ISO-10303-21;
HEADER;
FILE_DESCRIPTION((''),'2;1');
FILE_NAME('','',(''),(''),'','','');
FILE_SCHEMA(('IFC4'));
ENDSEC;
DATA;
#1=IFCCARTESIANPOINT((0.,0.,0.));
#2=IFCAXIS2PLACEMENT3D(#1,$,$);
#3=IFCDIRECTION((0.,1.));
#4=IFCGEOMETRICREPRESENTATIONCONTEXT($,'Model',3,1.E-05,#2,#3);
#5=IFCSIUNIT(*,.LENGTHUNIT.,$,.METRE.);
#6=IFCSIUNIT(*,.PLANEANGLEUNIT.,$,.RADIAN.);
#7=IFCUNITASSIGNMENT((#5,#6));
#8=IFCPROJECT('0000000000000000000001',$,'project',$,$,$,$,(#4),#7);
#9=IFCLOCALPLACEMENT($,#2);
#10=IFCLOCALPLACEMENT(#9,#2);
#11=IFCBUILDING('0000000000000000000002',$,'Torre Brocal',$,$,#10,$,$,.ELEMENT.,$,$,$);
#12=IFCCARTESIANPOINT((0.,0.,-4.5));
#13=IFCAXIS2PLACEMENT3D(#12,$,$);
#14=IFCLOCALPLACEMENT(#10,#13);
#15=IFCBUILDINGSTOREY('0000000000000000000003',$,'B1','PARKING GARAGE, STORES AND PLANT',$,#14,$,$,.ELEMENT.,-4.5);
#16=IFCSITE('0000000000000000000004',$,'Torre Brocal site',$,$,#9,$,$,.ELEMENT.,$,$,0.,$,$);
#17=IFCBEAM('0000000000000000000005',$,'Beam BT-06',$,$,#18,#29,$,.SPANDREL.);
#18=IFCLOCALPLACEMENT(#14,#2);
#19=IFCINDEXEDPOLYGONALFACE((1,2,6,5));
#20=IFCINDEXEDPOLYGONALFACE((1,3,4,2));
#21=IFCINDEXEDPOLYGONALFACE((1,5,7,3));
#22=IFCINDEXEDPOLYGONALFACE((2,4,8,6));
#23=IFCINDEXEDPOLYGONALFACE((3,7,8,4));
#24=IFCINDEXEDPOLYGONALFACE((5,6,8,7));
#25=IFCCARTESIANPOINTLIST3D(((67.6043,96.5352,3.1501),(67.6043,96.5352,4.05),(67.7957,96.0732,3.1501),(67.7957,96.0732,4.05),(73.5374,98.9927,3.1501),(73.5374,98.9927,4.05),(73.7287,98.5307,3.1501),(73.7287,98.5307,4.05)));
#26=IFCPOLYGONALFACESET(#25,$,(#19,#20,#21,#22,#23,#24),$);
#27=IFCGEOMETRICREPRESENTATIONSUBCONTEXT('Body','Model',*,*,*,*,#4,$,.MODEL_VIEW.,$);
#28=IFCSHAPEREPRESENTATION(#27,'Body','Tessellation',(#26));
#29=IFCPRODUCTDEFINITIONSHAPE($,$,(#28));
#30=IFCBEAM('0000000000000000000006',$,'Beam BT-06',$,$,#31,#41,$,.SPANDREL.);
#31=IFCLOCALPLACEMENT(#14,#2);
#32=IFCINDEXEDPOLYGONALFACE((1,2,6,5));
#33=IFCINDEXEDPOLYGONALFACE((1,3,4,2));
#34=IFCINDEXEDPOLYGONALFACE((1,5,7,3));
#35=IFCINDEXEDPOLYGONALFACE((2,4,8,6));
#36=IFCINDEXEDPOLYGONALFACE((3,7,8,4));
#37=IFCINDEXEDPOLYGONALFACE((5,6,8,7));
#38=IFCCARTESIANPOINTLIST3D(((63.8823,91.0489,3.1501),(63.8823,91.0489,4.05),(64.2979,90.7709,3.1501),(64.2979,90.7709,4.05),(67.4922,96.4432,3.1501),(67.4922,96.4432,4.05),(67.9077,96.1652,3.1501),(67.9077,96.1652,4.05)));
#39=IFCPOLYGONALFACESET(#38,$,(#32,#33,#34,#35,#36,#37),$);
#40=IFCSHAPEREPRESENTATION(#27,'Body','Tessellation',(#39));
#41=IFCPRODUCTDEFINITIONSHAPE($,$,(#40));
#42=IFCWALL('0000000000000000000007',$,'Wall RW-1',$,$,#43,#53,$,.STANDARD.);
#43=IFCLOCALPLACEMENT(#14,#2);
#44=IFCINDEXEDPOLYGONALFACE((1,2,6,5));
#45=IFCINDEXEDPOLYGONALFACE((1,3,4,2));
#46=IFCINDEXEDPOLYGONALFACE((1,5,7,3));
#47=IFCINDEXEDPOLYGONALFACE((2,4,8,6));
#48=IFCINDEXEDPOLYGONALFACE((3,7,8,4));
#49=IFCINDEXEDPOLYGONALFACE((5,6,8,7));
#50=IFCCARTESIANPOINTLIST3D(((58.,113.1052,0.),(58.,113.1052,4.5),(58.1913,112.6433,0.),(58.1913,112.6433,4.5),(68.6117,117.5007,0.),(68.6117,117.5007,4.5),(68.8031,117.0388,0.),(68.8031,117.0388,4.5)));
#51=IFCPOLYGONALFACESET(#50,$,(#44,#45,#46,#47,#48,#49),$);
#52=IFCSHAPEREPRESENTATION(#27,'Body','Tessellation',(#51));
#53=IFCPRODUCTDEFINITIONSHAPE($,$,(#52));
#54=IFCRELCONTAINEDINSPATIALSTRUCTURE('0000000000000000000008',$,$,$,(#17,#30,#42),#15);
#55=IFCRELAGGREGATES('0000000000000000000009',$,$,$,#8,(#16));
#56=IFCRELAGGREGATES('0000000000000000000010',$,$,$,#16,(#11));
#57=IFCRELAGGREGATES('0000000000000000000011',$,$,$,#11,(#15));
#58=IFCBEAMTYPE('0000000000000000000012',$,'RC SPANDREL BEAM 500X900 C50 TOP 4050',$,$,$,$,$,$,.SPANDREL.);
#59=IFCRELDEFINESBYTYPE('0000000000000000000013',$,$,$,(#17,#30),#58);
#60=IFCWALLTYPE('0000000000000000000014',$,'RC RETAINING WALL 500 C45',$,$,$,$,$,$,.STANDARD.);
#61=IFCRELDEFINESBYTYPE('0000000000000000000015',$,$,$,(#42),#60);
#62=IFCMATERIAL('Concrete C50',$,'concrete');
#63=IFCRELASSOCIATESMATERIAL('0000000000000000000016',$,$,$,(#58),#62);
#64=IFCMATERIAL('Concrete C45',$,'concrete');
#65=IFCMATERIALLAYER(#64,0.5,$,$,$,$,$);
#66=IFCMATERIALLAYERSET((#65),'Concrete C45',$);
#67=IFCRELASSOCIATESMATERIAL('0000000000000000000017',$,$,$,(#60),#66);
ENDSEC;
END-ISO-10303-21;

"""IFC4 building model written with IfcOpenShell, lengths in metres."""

from ifc_helpers import new_model, si_unit, direction, frame, frame_2d, origin, origin_2d, place, context, subcontext, project, spatial, rectangle, extrude, material, layer, layer_set, material_profile, profile_set, type_object, element, save


model = new_model("IFC4")

# Units and contexts
model_context = context("Model", 3, precision=1e-05, world=origin(), true_north=direction((0.0, 1.0)))
body_context = subcontext(model_context, "Body", "Model", "MODEL_VIEW")
ifc_project = project(units=[si_unit("LENGTHUNIT", "METRE"), si_unit("PLANEANGLEUNIT", "RADIAN")], contexts=[model_context])

# Site, building, storey
site_placement = place(None, origin())
site = spatial("IfcSite", under=ifc_project, at=site_placement, Name="Torre Brocal site", CompositionType="ELEMENT", RefElevation=0.0)
building_placement = place(site_placement, origin())
building = spatial("IfcBuilding", under=site, at=building_placement, Name="Torre Brocal", CompositionType="ELEMENT")
storey_placement = place(building_placement, frame((0.0, 0.0, -4.5)))
storey = spatial("IfcBuildingStorey", under=building, at=storey_placement, Name="B1", Description="PARKING GARAGE, STORES AND PLANT", CompositionType="ELEMENT", Elevation=-4.5)

# Beams
ifc_material_1 = material(Name="Concrete C50", Category="concrete")
ifc_material_profile_1 = material_profile(ifc_material_1, rectangle(XDim=0.5, YDim=0.8999, at=origin_2d()), Name="RC 500X900")
ifc_profile_set_1 = profile_set([ifc_material_profile_1], Name="Concrete C50")
beam_type_1 = type_object("IfcBeamType", Name="RC SPANDREL BEAM 500X900 C50 TOP 4050", PredefinedType="SPANDREL", material=ifc_profile_set_1)
beam_1_placement = place(storey_placement, frame((73.6331, 98.7617, 3.6001), z_axis=(-0.923882, -0.382676, 0.0), x_axis=(0.382676, -0.923882, 0.0)))
element("IfcBeam", 1, at=beam_1_placement, inside=storey, type_object=beam_type_1, Name="Beam BT-06", PredefinedType="SPANDREL", context=body_context, shape_type="SweptSolid", body=[
    extrude(rectangle(XDim=0.5, YDim=0.8999, at=origin_2d()), origin(), (0.0, 0.0, 1.0), 6.4219),
])
beam_2_placement = place(storey_placement, frame((67.7, 96.3042, 3.6001), z_axis=(-0.556158, -0.831077, 0.0), x_axis=(0.831077, -0.556158, 0.0)))
element("IfcBeam", 2, at=beam_2_placement, inside=storey, type_object=beam_type_1, Name="Beam BT-06", PredefinedType="SPANDREL", context=body_context, shape_type="SweptSolid", body=[
    extrude(rectangle(XDim=0.5, YDim=0.8999, at=origin_2d()), origin(), (0.0, 0.0, 1.0), 6.4907),
])

# Wall
ifc_material_2 = material(Name="Concrete C45", Category="concrete")
ifc_layer = layer(ifc_material_2, 0.5)
ifc_layer_set = layer_set([ifc_layer], Name="Concrete C45")
wall_type = type_object("IfcWallType", Name="RC RETAINING WALL 500 C45", PredefinedType="STANDARD", material=ifc_layer_set)
wall_placement = place(storey_placement, frame((68.7075, 117.2698, 0.0), z_axis=(0.0, 0.0, 1.0), x_axis=(-0.923881, -0.38268, 0.0)))
element("IfcWall", 3, at=wall_placement, inside=storey, type_object=wall_type, Name="Wall RW-1", PredefinedType="STANDARD", context=body_context, shape_type="SweptSolid", body=[
    extrude(rectangle(XDim=11.4861, YDim=0.5, at=frame_2d((5.7432, 0.0))), origin(), (0.0, 0.0, 1.0), 4.5),
])

save(model, "model.ifc")
